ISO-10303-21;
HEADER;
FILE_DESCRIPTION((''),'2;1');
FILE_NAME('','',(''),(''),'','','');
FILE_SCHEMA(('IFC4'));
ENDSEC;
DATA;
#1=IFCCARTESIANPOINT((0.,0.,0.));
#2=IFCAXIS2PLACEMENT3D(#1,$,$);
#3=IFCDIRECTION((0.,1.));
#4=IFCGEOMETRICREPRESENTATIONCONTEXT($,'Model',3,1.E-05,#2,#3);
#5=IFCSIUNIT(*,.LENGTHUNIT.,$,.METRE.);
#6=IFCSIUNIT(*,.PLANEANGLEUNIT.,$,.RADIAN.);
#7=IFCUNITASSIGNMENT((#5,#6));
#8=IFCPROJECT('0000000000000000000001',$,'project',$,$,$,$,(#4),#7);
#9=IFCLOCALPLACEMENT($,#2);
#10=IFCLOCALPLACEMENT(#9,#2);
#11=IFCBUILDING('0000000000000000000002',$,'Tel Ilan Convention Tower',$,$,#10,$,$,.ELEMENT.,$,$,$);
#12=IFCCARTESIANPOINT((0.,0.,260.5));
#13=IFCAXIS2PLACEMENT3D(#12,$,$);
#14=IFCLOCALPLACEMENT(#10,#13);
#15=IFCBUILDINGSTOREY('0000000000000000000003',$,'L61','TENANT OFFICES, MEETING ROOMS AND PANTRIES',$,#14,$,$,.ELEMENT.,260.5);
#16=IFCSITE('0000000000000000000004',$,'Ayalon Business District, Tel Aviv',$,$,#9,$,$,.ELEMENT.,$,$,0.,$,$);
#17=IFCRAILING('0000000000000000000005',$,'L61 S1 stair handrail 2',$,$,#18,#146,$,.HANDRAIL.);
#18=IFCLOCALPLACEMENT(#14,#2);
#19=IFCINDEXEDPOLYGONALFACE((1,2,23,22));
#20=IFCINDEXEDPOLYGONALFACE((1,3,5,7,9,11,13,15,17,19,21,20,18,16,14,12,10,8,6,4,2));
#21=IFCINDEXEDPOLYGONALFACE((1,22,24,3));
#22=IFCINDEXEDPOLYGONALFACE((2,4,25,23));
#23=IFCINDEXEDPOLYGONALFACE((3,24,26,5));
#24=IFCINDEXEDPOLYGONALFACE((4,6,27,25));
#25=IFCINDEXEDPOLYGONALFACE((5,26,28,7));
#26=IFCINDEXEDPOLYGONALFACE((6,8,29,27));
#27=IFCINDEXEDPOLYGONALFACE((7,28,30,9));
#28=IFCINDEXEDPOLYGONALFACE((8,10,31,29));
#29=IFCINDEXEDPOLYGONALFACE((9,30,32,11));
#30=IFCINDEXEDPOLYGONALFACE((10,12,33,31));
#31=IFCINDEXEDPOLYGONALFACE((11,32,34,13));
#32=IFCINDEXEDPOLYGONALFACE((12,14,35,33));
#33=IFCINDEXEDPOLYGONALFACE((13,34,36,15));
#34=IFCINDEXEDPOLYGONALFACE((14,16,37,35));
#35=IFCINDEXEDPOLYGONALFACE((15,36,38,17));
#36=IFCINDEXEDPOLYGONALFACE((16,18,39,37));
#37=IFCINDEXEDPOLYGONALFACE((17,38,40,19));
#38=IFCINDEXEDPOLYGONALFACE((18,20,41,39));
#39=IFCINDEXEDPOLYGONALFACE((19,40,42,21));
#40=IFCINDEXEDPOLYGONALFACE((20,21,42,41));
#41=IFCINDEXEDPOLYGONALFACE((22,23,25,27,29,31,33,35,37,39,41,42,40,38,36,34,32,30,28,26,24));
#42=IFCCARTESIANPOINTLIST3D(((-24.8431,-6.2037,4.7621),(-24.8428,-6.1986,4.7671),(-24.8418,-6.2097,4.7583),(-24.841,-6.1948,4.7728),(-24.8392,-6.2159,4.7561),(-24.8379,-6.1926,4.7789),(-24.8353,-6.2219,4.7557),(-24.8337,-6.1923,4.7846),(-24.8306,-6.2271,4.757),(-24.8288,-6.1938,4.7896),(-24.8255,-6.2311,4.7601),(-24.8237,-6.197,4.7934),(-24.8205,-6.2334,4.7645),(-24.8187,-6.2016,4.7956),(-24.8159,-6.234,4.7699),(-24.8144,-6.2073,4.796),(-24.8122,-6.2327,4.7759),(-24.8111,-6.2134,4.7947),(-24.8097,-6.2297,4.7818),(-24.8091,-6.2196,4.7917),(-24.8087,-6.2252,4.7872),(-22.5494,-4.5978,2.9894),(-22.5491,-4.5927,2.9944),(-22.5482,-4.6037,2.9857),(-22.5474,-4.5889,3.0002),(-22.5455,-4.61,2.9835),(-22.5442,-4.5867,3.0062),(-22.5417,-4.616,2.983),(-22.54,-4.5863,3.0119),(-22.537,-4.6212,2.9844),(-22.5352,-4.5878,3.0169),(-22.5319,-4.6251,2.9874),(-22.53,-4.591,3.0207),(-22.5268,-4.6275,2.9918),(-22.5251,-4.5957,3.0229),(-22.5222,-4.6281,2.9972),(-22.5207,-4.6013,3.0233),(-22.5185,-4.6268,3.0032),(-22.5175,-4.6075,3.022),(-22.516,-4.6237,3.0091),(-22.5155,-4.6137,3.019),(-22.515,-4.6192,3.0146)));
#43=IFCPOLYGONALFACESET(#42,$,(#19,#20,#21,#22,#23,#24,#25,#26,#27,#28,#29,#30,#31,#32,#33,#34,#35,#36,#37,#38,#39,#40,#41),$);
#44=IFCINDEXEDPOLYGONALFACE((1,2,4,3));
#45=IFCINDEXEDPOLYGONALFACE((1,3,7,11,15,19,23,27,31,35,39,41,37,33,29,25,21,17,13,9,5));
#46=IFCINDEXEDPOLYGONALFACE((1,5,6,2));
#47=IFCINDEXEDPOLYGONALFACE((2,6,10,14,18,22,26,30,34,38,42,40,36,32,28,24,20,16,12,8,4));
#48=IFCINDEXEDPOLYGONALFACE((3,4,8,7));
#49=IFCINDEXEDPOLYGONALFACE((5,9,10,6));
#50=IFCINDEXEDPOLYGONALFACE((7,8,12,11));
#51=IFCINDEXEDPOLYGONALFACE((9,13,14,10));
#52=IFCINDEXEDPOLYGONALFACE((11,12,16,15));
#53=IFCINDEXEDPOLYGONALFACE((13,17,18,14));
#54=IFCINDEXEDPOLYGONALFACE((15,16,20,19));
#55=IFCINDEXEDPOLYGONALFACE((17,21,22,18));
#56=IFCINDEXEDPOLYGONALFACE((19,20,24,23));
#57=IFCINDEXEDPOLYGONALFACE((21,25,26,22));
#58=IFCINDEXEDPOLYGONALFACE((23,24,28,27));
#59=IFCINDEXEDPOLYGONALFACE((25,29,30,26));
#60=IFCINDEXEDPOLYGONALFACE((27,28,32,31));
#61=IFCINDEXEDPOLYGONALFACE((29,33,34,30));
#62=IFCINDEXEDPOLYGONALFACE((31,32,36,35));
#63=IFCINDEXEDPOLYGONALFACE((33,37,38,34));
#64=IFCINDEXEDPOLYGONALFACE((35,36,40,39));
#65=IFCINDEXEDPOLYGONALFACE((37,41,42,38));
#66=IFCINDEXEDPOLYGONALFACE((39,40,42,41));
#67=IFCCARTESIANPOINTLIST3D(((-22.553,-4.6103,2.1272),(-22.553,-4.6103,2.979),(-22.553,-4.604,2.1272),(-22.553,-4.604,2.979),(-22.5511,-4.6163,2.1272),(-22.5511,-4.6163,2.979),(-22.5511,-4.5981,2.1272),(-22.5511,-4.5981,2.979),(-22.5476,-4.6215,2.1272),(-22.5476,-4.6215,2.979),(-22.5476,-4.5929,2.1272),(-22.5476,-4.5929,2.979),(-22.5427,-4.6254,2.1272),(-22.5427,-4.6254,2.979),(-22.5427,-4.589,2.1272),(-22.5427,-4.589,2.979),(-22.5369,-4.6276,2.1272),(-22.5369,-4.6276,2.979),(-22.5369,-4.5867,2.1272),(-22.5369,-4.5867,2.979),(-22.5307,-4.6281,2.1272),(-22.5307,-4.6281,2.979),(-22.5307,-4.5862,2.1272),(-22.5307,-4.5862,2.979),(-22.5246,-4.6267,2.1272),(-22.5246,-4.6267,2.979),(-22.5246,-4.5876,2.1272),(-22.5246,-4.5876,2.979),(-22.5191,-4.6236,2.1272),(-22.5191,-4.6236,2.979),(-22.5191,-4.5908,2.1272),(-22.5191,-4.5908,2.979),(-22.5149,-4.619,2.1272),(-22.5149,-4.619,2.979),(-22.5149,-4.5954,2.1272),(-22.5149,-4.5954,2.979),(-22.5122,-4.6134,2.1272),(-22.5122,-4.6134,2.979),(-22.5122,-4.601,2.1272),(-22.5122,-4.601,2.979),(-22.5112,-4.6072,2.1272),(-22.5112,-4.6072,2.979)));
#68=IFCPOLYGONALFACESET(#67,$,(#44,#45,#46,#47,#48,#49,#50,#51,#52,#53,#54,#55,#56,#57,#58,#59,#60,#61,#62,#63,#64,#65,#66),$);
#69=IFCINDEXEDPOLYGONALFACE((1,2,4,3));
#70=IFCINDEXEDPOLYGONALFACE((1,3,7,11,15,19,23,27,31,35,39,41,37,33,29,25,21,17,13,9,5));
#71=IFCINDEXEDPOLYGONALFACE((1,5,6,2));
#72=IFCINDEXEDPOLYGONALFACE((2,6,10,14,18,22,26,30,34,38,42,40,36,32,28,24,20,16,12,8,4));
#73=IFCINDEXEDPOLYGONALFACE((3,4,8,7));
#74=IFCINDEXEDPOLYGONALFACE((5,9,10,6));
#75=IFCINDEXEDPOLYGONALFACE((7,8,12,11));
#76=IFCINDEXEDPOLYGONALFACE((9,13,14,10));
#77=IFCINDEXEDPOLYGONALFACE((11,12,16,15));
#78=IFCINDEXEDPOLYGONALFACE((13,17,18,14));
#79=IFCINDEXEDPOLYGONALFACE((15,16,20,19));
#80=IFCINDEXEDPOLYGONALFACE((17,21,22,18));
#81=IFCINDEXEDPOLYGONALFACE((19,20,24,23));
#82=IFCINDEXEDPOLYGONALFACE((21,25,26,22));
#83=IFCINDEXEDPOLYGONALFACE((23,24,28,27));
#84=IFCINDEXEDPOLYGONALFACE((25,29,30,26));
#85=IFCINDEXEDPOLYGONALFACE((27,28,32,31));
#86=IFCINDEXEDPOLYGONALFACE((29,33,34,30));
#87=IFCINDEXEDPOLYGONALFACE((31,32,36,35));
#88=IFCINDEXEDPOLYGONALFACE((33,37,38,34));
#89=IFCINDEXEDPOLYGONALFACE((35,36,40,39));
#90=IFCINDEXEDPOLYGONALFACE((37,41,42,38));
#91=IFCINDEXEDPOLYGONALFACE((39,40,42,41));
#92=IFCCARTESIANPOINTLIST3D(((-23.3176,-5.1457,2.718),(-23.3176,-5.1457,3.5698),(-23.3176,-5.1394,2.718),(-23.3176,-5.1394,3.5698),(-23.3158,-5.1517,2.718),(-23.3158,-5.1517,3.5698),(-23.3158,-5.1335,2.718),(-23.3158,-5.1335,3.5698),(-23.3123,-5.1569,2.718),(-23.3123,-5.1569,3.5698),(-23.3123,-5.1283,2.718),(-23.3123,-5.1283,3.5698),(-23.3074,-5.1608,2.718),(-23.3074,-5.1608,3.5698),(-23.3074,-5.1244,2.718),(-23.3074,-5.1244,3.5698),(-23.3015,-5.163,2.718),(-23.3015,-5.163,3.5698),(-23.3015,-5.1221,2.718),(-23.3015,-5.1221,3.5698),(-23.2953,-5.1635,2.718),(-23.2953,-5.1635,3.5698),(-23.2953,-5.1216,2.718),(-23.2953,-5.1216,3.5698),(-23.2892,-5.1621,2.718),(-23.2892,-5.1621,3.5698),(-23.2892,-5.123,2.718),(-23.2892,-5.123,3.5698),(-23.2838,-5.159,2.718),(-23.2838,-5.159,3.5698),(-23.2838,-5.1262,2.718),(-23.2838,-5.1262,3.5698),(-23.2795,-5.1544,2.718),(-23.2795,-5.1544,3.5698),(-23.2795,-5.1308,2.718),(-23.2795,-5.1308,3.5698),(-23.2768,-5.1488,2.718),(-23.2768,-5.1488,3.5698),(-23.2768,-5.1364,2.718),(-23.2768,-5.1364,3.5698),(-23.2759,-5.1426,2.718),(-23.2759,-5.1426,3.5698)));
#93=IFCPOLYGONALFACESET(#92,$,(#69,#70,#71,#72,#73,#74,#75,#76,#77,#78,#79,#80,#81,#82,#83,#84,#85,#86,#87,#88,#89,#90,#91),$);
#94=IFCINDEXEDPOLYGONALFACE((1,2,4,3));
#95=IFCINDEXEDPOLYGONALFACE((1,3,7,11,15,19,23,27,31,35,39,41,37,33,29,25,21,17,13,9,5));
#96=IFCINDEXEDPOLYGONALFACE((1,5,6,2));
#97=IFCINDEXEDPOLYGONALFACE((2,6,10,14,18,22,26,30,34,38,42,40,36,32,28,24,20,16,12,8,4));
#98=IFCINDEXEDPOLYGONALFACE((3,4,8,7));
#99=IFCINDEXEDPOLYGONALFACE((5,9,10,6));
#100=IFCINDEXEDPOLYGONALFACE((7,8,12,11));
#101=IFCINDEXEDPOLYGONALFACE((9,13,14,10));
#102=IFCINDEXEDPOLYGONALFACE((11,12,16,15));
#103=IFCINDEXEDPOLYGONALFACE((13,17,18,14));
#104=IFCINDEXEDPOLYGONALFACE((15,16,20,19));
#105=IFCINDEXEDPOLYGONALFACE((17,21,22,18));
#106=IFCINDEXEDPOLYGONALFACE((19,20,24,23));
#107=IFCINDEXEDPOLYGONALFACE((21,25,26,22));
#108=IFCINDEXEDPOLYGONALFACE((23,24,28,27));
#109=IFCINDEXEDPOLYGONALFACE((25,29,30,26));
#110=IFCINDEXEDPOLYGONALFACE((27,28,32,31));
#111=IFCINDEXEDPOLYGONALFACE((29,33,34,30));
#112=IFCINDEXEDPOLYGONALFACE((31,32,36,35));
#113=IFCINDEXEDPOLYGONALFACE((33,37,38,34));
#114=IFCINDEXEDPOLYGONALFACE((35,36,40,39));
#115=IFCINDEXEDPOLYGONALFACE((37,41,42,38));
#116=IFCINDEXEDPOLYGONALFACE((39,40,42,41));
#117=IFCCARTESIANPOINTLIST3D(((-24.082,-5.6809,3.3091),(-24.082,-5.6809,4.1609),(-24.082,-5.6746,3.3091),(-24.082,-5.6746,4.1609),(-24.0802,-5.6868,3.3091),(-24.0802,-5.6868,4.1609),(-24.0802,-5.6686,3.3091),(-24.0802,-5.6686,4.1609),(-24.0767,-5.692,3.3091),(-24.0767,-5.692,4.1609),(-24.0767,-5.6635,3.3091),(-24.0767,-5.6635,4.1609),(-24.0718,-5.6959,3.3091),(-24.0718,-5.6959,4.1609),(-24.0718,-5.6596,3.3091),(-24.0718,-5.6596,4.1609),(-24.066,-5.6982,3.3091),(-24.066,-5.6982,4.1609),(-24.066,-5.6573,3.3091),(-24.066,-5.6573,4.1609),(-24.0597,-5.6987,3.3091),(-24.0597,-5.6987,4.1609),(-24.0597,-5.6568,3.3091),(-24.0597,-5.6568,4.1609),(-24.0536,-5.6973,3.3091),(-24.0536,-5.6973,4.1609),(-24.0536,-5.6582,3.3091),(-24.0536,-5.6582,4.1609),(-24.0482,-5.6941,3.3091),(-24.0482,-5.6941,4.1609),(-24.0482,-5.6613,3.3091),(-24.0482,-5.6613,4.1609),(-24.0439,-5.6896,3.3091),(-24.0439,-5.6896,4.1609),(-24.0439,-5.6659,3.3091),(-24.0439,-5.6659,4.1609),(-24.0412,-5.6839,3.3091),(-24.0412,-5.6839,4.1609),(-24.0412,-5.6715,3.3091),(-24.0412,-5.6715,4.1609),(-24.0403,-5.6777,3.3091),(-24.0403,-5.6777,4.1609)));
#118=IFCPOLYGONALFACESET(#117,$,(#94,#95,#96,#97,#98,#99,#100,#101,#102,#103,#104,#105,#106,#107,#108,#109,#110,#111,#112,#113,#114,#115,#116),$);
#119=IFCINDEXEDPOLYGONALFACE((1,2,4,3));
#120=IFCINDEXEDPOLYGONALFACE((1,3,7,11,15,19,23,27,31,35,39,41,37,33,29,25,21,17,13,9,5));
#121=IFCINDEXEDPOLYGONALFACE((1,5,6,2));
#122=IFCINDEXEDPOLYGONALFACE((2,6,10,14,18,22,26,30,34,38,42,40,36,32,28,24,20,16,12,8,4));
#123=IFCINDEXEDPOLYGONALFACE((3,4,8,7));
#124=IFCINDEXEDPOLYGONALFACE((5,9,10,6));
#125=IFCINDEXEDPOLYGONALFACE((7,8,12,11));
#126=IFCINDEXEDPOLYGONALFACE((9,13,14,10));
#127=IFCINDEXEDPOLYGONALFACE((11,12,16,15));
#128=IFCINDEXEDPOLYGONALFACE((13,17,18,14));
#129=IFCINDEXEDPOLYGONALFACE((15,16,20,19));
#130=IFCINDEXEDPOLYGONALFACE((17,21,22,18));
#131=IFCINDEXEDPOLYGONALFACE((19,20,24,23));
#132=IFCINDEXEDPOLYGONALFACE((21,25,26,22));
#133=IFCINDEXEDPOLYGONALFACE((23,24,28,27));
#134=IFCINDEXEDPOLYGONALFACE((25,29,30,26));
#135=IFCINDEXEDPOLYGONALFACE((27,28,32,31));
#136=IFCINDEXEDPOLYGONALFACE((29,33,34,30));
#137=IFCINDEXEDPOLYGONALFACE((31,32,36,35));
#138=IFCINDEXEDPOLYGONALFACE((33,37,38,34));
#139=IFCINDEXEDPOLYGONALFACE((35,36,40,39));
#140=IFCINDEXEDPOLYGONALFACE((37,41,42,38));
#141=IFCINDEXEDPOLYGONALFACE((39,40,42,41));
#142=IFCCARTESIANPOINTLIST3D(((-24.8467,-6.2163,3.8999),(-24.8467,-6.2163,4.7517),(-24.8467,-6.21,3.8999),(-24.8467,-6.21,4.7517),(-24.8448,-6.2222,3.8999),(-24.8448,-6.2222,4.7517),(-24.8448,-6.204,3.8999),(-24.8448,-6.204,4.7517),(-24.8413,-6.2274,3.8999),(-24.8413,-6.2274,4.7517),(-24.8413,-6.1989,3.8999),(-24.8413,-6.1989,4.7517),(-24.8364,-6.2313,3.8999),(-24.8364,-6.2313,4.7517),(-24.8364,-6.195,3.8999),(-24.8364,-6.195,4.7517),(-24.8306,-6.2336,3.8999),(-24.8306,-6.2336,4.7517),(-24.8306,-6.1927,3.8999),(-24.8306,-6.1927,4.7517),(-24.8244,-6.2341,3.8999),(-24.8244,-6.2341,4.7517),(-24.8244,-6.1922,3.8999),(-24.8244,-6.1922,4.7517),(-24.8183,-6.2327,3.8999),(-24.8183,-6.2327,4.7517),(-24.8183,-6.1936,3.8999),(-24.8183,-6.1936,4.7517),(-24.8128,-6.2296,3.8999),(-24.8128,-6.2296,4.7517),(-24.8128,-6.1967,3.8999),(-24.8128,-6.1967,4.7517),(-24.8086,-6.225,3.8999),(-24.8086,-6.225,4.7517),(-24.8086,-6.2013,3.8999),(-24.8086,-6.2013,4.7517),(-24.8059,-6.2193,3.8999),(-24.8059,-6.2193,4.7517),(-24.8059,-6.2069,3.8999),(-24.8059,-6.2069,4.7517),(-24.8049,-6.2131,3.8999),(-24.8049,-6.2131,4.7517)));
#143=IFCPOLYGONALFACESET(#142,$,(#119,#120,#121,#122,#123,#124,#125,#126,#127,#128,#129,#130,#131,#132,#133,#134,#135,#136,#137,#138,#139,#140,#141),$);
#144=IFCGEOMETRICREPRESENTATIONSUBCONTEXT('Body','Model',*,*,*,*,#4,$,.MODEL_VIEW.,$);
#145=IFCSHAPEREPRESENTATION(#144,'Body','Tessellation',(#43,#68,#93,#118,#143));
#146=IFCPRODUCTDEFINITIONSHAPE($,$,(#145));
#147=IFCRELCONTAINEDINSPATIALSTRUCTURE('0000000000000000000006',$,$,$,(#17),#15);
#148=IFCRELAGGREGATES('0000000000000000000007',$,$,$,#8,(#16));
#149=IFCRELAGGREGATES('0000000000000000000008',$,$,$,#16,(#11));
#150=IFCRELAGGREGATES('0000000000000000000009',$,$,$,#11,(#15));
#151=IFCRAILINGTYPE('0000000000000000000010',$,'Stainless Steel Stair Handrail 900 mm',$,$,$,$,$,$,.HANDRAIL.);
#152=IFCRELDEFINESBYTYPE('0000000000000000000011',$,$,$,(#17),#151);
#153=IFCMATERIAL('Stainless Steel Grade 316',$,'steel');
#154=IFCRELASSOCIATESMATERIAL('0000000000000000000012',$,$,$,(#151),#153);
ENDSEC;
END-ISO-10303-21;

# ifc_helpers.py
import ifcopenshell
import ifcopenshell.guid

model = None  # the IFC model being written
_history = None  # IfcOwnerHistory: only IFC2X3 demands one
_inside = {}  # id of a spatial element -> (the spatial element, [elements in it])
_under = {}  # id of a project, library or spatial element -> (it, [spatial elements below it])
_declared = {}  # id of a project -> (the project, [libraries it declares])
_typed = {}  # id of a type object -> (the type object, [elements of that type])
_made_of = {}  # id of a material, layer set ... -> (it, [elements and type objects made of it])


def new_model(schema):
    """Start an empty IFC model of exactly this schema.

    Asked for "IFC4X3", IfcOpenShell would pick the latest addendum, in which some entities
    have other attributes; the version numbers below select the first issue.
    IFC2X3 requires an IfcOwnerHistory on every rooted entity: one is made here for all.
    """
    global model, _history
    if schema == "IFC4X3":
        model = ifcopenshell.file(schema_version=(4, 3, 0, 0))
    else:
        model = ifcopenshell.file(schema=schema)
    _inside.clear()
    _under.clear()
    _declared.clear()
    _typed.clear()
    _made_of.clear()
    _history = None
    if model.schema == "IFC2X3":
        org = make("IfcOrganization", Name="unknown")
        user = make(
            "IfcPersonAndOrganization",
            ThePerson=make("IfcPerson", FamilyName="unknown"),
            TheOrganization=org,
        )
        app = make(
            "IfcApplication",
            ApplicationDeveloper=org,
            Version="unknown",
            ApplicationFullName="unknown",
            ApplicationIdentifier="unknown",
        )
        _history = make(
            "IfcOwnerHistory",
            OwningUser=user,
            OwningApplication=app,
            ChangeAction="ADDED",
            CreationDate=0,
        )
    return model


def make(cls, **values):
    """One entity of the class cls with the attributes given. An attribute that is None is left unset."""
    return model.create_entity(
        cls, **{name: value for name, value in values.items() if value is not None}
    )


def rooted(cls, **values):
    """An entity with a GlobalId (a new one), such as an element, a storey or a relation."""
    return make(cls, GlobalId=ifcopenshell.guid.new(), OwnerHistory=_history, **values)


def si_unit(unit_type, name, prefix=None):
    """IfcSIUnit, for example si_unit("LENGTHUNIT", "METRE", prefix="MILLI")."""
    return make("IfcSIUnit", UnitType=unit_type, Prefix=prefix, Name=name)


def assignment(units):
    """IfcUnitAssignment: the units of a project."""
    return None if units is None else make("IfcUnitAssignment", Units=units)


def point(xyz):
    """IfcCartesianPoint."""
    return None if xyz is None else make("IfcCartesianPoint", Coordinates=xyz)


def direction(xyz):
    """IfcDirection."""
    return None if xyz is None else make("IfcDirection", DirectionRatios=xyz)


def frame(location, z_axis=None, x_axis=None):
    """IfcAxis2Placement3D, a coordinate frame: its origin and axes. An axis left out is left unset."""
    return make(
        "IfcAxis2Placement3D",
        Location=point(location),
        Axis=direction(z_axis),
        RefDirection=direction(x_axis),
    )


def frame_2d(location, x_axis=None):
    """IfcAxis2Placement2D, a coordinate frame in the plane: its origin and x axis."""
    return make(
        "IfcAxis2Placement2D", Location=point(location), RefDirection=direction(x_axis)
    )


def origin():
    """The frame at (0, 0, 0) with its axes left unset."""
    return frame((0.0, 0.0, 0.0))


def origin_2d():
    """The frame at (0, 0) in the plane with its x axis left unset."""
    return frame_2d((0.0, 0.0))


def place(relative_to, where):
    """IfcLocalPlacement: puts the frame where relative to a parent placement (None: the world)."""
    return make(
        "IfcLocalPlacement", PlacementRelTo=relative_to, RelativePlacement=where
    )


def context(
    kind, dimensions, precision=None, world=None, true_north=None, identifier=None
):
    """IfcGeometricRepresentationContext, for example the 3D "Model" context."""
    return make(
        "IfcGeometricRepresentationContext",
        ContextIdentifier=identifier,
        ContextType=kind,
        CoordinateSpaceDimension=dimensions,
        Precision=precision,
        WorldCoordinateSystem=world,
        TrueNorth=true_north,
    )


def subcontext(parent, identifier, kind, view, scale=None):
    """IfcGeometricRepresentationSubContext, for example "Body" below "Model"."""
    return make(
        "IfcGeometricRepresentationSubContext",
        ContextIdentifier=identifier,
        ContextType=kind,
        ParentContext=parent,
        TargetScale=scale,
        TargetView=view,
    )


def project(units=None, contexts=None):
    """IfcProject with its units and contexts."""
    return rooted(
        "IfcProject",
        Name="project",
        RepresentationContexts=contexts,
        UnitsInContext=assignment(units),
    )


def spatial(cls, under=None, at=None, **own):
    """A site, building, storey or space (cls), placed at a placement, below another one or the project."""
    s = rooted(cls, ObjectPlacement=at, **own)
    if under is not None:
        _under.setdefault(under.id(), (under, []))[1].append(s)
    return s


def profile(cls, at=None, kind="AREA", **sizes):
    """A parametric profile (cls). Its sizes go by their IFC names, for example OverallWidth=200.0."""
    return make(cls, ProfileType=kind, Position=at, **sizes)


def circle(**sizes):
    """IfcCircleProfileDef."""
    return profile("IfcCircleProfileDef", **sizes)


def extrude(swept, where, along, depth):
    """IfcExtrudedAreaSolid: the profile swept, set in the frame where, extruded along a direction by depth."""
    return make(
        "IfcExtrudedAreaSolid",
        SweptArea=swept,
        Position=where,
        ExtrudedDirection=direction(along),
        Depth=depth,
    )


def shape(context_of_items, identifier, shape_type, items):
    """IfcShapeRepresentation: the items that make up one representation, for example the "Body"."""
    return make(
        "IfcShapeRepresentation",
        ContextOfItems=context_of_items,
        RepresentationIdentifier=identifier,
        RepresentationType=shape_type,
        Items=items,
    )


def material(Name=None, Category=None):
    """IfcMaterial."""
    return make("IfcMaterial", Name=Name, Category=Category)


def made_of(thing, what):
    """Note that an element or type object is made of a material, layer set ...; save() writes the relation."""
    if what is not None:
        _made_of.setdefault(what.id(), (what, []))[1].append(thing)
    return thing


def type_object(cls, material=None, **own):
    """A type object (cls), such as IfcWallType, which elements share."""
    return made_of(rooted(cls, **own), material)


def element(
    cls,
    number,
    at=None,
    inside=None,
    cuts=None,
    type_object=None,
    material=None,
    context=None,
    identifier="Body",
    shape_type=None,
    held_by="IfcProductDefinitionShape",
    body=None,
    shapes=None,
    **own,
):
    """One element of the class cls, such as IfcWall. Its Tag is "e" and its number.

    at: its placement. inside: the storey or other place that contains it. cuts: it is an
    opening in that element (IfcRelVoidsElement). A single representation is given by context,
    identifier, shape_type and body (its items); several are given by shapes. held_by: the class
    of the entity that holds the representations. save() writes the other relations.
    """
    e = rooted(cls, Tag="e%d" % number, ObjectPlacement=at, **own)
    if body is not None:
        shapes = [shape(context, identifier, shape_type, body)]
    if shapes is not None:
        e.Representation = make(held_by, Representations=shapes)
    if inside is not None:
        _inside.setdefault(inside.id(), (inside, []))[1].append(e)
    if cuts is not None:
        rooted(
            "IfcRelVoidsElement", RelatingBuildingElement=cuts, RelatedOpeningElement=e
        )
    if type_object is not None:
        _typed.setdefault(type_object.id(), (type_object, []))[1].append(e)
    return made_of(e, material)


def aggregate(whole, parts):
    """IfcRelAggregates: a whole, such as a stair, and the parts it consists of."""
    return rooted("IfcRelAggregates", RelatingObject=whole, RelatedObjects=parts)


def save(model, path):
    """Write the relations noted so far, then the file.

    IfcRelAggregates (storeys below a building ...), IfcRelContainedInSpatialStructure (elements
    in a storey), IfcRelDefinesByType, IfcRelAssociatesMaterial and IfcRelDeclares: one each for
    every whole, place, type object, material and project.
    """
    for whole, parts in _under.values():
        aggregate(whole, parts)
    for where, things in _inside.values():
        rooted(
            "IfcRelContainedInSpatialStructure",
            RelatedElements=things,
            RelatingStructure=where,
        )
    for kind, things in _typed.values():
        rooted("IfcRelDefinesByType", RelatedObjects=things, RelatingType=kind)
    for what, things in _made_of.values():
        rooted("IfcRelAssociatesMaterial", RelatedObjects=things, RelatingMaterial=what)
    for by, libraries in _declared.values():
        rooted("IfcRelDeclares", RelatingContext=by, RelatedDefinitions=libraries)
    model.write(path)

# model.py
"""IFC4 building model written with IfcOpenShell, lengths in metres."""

from ifc_helpers import new_model, si_unit, direction, frame, origin, origin_2d, place, context, subcontext, project, spatial, circle, extrude, material, type_object, element, save


model = new_model("IFC4")

# Units and contexts
model_context = context("Model", 3, precision=1e-05, world=origin(), true_north=direction((0.0, 1.0)))
body_context = subcontext(model_context, "Body", "Model", "MODEL_VIEW")
ifc_project = project(units=[si_unit("LENGTHUNIT", "METRE"), si_unit("PLANEANGLEUNIT", "RADIAN")], contexts=[model_context])

# Site, building, storey
site_placement = place(None, origin())
site = spatial("IfcSite", under=ifc_project, at=site_placement, Name="Ayalon Business District, Tel Aviv", CompositionType="ELEMENT", RefElevation=0.0)
building_placement = place(site_placement, origin())
building = spatial("IfcBuilding", under=site, at=building_placement, Name="Tel Ilan Convention Tower", CompositionType="ELEMENT")
storey_placement = place(building_placement, frame((0.0, 0.0, 260.5)))
storey = spatial("IfcBuildingStorey", under=building, at=storey_placement, Name="L61", Description="TENANT OFFICES, MEETING ROOMS AND PANTRIES", CompositionType="ELEMENT", Elevation=260.5)

# Railing
ifc_material_1 = material(Name="Stainless Steel Grade 316", Category="steel")
railing_type_1 = type_object("IfcRailingType", Name="Stainless Steel Stair Handrail 900 mm", PredefinedType="HANDRAIL", material=ifc_material_1)
for number, where, name in (
    (1, (-22.5322, -4.6072, 2.1272), "L61 S1 stair handrail 2"),
):
    element("IfcRailing", number, at=place(storey_placement, frame(where)), inside=storey, type_object=railing_type_1, Name=name, PredefinedType="HANDRAIL", context=body_context, shape_type="SweptSolid", body=[
        extrude(circle(Radius=0.0239, at=origin_2d()), frame((0.0, 0.0, 0.876), z_axis=(-0.692123, -0.484597, 0.534913), x_axis=(0.57355, -0.81917, 0.0)), (0.0, 0.0, 1.0), 3.314),
        extrude(circle(Radius=0.021, at=origin_2d()), origin(), (0.0, 0.0, 1.0), 0.8518),
        extrude(circle(Radius=0.021, at=origin_2d()), frame((-0.7646, -0.5354, 0.5908)), (0.0, 0.0, 1.0), 0.8518),
        extrude(circle(Radius=0.021, at=origin_2d()), frame((-1.5291, -1.0706, 1.1819)), (0.0, 0.0, 1.0), 0.8518),
        extrude(circle(Radius=0.021, at=origin_2d()), frame((-2.2937, -1.606, 1.7727)), (0.0, 0.0, 1.0), 0.8518),
    ])

save(model, "model.ifc")
